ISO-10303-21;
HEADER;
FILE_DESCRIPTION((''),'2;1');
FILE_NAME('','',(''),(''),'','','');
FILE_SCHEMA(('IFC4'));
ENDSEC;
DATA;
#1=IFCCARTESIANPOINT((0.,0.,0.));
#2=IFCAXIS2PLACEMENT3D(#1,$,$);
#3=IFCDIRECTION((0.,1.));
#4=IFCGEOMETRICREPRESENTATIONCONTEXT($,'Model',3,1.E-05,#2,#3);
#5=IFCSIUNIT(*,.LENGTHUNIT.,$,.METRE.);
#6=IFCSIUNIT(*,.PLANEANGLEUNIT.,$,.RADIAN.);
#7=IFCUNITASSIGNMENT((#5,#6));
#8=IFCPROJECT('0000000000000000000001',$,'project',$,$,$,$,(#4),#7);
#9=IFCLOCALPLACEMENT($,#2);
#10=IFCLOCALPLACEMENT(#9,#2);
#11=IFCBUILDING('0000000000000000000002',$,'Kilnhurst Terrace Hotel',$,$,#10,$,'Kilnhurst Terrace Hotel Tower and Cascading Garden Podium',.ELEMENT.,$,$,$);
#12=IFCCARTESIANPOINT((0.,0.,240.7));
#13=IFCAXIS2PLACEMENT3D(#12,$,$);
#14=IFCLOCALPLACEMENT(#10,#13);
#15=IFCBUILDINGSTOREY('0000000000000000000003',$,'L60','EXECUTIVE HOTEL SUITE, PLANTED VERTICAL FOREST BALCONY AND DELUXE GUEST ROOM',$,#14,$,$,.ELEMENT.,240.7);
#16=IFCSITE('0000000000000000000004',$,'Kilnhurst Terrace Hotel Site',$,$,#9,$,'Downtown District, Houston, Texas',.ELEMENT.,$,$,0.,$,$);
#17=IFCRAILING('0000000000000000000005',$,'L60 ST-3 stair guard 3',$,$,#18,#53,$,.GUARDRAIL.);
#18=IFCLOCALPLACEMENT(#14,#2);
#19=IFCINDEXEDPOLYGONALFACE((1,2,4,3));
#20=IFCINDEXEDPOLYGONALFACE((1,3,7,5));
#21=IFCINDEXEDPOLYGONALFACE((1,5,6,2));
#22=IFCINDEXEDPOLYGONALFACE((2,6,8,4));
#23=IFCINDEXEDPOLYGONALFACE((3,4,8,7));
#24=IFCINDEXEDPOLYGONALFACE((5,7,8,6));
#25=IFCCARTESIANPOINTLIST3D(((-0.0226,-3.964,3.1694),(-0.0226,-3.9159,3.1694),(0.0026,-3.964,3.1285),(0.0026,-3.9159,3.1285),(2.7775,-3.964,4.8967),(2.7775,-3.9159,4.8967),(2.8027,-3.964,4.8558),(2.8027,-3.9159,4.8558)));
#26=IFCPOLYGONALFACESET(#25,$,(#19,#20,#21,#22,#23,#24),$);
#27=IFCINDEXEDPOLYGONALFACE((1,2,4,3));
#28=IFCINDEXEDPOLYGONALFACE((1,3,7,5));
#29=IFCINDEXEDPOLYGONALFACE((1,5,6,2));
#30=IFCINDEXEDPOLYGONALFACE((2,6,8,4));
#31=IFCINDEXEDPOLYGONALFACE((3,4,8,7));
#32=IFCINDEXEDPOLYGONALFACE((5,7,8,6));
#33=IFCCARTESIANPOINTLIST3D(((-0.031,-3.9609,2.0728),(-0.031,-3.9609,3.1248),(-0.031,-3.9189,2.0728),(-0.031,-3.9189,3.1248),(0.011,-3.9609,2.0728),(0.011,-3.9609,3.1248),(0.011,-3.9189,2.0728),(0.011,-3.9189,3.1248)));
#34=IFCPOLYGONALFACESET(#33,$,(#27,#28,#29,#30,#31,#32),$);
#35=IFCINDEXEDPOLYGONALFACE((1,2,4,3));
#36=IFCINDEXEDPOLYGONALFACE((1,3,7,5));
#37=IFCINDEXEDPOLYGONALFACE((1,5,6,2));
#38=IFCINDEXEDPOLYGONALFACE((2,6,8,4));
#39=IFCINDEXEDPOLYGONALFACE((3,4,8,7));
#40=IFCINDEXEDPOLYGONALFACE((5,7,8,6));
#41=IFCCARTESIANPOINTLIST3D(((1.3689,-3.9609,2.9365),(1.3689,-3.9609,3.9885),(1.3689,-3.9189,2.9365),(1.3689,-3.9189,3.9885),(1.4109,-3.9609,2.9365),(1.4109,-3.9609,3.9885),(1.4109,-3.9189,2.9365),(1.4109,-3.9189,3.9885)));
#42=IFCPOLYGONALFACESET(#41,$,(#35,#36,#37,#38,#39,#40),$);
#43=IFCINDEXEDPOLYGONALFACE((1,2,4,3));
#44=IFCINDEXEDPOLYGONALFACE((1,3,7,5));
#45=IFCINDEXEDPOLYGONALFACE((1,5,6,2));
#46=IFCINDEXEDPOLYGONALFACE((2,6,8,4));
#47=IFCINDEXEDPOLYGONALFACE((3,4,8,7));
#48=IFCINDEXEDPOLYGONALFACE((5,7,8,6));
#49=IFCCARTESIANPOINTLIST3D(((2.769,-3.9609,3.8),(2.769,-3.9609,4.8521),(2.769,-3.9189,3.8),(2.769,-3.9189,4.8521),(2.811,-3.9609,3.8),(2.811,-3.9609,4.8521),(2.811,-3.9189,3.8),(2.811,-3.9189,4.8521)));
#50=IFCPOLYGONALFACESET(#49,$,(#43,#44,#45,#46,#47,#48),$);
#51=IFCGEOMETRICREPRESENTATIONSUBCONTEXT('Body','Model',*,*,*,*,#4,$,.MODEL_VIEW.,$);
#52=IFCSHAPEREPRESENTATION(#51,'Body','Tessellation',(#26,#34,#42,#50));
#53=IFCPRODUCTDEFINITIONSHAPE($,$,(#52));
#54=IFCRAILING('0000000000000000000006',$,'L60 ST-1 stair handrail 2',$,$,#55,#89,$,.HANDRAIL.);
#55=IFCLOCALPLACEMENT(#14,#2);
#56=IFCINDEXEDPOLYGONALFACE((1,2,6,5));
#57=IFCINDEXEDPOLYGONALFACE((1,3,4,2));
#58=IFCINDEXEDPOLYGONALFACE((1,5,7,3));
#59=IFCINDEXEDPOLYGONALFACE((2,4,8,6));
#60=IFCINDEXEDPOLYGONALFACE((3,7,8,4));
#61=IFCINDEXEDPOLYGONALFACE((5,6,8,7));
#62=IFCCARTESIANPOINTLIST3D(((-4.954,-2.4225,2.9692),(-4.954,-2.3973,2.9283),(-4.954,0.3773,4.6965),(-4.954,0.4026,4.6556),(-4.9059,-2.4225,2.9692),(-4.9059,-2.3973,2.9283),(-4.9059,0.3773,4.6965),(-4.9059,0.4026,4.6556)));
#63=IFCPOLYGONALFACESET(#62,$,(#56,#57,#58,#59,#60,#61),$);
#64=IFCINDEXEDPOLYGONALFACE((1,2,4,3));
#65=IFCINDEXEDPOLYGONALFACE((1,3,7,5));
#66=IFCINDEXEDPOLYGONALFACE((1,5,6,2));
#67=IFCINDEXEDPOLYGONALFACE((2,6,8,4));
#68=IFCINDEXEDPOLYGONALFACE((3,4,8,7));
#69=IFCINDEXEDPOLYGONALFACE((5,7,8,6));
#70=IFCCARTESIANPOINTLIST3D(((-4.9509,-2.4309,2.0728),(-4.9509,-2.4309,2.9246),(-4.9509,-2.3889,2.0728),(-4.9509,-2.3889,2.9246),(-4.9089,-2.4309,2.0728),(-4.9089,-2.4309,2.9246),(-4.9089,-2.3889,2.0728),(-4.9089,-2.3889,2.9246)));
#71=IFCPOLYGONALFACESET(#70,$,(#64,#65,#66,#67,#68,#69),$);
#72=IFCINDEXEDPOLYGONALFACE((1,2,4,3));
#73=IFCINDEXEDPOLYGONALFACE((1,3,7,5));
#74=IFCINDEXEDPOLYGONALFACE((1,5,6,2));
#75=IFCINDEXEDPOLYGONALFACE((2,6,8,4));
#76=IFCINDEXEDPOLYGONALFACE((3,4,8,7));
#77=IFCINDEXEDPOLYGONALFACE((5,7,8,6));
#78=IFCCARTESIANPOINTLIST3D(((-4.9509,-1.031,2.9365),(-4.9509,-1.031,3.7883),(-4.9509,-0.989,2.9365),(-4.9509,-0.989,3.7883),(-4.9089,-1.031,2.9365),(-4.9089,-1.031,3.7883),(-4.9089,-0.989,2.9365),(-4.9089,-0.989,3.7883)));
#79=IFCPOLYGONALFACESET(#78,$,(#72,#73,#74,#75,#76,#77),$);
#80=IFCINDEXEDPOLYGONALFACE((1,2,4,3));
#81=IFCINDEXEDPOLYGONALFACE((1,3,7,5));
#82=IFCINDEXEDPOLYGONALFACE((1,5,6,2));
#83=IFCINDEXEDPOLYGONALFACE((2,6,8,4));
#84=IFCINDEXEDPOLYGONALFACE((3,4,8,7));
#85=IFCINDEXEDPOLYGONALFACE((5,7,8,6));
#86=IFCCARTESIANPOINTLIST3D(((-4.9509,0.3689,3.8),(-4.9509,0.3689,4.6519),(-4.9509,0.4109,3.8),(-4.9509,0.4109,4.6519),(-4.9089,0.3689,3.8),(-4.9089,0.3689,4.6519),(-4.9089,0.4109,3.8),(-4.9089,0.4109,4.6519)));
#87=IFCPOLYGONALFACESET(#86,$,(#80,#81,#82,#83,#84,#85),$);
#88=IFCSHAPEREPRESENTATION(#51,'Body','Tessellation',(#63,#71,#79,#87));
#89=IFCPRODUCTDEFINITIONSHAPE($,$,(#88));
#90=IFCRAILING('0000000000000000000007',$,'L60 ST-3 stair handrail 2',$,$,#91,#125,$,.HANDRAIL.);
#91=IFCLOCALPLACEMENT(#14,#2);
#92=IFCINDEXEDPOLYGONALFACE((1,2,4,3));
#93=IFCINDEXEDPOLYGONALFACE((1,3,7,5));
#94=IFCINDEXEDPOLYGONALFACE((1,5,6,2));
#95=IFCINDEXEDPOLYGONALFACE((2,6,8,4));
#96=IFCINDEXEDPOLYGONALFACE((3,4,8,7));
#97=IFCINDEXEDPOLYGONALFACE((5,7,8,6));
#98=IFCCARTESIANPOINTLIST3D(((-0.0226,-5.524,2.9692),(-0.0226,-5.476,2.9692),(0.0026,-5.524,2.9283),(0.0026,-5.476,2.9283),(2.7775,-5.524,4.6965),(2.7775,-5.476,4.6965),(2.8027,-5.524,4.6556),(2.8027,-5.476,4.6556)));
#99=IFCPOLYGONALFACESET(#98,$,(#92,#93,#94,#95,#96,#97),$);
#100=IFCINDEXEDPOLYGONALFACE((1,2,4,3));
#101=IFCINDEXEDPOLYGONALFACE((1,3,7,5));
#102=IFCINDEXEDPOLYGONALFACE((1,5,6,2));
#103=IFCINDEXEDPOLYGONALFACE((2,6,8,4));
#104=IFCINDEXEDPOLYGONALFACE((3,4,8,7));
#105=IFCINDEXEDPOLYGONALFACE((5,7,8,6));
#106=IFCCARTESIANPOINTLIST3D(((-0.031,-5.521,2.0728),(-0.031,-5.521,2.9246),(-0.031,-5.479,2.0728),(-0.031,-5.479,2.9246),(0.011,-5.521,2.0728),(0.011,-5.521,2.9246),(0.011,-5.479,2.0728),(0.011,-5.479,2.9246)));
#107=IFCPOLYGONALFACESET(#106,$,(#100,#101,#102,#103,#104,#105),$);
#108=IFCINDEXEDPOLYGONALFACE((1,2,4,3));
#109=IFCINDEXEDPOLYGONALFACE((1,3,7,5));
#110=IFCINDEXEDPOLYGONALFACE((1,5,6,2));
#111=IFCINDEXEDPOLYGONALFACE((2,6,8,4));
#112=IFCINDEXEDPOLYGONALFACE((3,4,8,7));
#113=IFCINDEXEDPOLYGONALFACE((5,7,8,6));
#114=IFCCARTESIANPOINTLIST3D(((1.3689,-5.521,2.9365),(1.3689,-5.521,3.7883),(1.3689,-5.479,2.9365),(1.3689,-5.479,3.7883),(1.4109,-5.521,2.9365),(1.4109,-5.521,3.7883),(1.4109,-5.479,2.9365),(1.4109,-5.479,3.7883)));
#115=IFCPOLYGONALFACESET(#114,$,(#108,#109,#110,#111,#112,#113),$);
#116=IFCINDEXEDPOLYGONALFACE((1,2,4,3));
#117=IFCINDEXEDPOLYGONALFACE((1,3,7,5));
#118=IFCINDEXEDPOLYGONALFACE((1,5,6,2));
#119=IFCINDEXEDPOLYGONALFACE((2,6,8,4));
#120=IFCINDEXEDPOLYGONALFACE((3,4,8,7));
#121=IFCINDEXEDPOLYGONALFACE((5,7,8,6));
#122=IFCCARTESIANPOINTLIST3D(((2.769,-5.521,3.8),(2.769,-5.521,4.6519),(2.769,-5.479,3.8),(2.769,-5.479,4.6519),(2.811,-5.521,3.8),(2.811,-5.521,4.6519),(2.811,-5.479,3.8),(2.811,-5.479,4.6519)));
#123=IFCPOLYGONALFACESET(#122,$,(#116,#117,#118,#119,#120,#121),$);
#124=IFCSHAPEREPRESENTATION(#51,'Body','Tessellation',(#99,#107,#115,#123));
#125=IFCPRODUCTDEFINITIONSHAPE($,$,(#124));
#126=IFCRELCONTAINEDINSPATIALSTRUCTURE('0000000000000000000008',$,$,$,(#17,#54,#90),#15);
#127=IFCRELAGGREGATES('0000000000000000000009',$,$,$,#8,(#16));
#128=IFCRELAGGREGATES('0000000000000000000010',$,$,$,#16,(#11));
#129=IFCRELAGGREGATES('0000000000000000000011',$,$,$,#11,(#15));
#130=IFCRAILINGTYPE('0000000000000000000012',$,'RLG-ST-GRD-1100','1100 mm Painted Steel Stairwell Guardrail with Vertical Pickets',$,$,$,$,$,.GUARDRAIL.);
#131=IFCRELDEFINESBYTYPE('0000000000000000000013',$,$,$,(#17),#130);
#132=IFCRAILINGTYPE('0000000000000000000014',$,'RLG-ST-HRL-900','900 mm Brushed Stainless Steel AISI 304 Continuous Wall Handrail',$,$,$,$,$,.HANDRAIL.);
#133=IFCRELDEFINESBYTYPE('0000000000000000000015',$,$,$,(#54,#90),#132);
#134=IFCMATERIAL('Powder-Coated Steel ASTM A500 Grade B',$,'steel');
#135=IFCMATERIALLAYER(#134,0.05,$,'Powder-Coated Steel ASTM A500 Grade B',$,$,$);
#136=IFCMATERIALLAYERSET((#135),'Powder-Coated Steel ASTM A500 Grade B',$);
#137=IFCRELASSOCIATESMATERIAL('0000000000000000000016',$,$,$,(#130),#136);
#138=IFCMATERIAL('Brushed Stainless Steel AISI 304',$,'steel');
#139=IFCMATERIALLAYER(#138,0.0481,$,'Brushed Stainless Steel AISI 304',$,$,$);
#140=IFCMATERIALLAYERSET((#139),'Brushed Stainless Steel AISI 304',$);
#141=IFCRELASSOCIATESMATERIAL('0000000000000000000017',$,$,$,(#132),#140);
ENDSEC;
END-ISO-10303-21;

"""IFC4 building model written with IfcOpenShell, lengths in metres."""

from ifc_helpers import new_model, si_unit, direction, frame, origin, origin_2d, place, context, subcontext, project, spatial, rectangle, extrude, material, layer, layer_set, type_object, element, save


model = new_model("IFC4")

# Units and contexts
model_context = context("Model", 3, precision=1e-05, world=origin(), true_north=direction((0.0, 1.0)))
body_context = subcontext(model_context, "Body", "Model", "MODEL_VIEW")
ifc_project = project(units=[si_unit("LENGTHUNIT", "METRE"), si_unit("PLANEANGLEUNIT", "RADIAN")], contexts=[model_context])

# Site, building, storey
site_placement = place(None, origin())
site = spatial("IfcSite", under=ifc_project, at=site_placement, Name="Kilnhurst Terrace Hotel Site", LongName="Downtown District, Houston, Texas", CompositionType="ELEMENT", RefElevation=0.0)
building_placement = place(site_placement, origin())
building = spatial("IfcBuilding", under=site, at=building_placement, Name="Kilnhurst Terrace Hotel", LongName="Kilnhurst Terrace Hotel Tower and Cascading Garden Podium", CompositionType="ELEMENT")
storey_placement = place(building_placement, frame((0.0, 0.0, 240.7)))
storey = spatial("IfcBuildingStorey", under=building, at=storey_placement, Name="L60", Description="EXECUTIVE HOTEL SUITE, PLANTED VERTICAL FOREST BALCONY AND DELUXE GUEST ROOM", CompositionType="ELEMENT", Elevation=240.7)

# Railings
ifc_material_1 = material(Name="Powder-Coated Steel ASTM A500 Grade B", Category="steel")
ifc_layer_1 = layer(ifc_material_1, 0.05, Name="Powder-Coated Steel ASTM A500 Grade B")
ifc_layer_set_1 = layer_set([ifc_layer_1], Name="Powder-Coated Steel ASTM A500 Grade B")
railing_type_1 = type_object("IfcRailingType", Name="RLG-ST-GRD-1100", Description="1100 mm Painted Steel Stairwell Guardrail with Vertical Pickets", PredefinedType="GUARDRAIL", material=ifc_layer_set_1)
railing_1_placement = place(storey_placement, frame((-0.01, -3.9399, 2.0728)))
element("IfcRailing", 1, at=railing_1_placement, inside=storey, type_object=railing_type_1, Name="L60 ST-3 stair guard 3", PredefinedType="GUARDRAIL", context=body_context, shape_type="SweptSolid", body=[
    extrude(rectangle(XDim=0.0481, YDim=0.0481, at=origin_2d()), frame((0.0, 0.0, 1.0762), z_axis=(0.85109, 0.0, 0.52502), x_axis=(0.0, 1.0, 0.0)), (0.0, 0.0, 1.0), 3.29),
    extrude(rectangle(XDim=0.042, YDim=0.042, at=origin_2d()), origin(), (0.0, 0.0, 1.0), 1.052),
    extrude(rectangle(XDim=0.042, YDim=0.042, at=origin_2d()), frame((1.3999, 0.0, 0.8638)), (0.0, 0.0, 1.0), 1.052),
    extrude(rectangle(XDim=0.042, YDim=0.042, at=origin_2d()), frame((2.8, 0.0, 1.7273)), (0.0, 0.0, 1.0), 1.052),
])
ifc_material_2 = material(Name="Brushed Stainless Steel AISI 304", Category="steel")
ifc_layer_2 = layer(ifc_material_2, 0.0481, Name="Brushed Stainless Steel AISI 304")
ifc_layer_set_2 = layer_set([ifc_layer_2], Name="Brushed Stainless Steel AISI 304")
railing_type_2 = type_object("IfcRailingType", Name="RLG-ST-HRL-900", Description="900 mm Brushed Stainless Steel AISI 304 Continuous Wall Handrail", PredefinedType="HANDRAIL", material=ifc_layer_set_2)
railing_2_placement = place(storey_placement, frame((-4.9299, -2.4099, 2.0728)))
element("IfcRailing", 2, at=railing_2_placement, inside=storey, type_object=railing_type_2, Name="L60 ST-1 stair handrail 2", PredefinedType="HANDRAIL", context=body_context, shape_type="SweptSolid", body=[
    extrude(rectangle(XDim=0.0481, YDim=0.0481, at=origin_2d()), frame((0.0, 0.0, 0.876), z_axis=(0.0, 0.851069, 0.525054), x_axis=(-1.0, 0.0, 0.0)), (0.0, 0.0, 1.0), 3.2898),
    extrude(rectangle(XDim=0.042, YDim=0.042, at=origin_2d()), origin(), (0.0, 0.0, 1.0), 0.8518),
    extrude(rectangle(XDim=0.042, YDim=0.042, at=origin_2d()), frame((0.0, 1.3999, 0.8638)), (0.0, 0.0, 1.0), 0.8518),
    extrude(rectangle(XDim=0.042, YDim=0.042, at=origin_2d()), frame((0.0, 2.7998, 1.7273)), (0.0, 0.0, 1.0), 0.8518),
])
railing_3_placement = place(storey_placement, frame((-0.01, -5.5, 2.0728)))
element("IfcRailing", 3, at=railing_3_placement, inside=storey, type_object=railing_type_2, Name="L60 ST-3 stair handrail 2", PredefinedType="HANDRAIL", context=body_context, shape_type="SweptSolid", body=[
    extrude(rectangle(XDim=0.0481, YDim=0.0481, at=origin_2d()), frame((0.0, 0.0, 0.876), z_axis=(0.85109, 0.0, 0.52502), x_axis=(0.0, 1.0, 0.0)), (0.0, 0.0, 1.0), 3.29),
    extrude(rectangle(XDim=0.042, YDim=0.042, at=origin_2d()), origin(), (0.0, 0.0, 1.0), 0.8518),
    extrude(rectangle(XDim=0.042, YDim=0.042, at=origin_2d()), frame((1.3999, 0.0, 0.8638)), (0.0, 0.0, 1.0), 0.8518),
    extrude(rectangle(XDim=0.042, YDim=0.042, at=origin_2d()), frame((2.8, 0.0, 1.7273)), (0.0, 0.0, 1.0), 0.8518),
])

save(model, "model.ifc")
